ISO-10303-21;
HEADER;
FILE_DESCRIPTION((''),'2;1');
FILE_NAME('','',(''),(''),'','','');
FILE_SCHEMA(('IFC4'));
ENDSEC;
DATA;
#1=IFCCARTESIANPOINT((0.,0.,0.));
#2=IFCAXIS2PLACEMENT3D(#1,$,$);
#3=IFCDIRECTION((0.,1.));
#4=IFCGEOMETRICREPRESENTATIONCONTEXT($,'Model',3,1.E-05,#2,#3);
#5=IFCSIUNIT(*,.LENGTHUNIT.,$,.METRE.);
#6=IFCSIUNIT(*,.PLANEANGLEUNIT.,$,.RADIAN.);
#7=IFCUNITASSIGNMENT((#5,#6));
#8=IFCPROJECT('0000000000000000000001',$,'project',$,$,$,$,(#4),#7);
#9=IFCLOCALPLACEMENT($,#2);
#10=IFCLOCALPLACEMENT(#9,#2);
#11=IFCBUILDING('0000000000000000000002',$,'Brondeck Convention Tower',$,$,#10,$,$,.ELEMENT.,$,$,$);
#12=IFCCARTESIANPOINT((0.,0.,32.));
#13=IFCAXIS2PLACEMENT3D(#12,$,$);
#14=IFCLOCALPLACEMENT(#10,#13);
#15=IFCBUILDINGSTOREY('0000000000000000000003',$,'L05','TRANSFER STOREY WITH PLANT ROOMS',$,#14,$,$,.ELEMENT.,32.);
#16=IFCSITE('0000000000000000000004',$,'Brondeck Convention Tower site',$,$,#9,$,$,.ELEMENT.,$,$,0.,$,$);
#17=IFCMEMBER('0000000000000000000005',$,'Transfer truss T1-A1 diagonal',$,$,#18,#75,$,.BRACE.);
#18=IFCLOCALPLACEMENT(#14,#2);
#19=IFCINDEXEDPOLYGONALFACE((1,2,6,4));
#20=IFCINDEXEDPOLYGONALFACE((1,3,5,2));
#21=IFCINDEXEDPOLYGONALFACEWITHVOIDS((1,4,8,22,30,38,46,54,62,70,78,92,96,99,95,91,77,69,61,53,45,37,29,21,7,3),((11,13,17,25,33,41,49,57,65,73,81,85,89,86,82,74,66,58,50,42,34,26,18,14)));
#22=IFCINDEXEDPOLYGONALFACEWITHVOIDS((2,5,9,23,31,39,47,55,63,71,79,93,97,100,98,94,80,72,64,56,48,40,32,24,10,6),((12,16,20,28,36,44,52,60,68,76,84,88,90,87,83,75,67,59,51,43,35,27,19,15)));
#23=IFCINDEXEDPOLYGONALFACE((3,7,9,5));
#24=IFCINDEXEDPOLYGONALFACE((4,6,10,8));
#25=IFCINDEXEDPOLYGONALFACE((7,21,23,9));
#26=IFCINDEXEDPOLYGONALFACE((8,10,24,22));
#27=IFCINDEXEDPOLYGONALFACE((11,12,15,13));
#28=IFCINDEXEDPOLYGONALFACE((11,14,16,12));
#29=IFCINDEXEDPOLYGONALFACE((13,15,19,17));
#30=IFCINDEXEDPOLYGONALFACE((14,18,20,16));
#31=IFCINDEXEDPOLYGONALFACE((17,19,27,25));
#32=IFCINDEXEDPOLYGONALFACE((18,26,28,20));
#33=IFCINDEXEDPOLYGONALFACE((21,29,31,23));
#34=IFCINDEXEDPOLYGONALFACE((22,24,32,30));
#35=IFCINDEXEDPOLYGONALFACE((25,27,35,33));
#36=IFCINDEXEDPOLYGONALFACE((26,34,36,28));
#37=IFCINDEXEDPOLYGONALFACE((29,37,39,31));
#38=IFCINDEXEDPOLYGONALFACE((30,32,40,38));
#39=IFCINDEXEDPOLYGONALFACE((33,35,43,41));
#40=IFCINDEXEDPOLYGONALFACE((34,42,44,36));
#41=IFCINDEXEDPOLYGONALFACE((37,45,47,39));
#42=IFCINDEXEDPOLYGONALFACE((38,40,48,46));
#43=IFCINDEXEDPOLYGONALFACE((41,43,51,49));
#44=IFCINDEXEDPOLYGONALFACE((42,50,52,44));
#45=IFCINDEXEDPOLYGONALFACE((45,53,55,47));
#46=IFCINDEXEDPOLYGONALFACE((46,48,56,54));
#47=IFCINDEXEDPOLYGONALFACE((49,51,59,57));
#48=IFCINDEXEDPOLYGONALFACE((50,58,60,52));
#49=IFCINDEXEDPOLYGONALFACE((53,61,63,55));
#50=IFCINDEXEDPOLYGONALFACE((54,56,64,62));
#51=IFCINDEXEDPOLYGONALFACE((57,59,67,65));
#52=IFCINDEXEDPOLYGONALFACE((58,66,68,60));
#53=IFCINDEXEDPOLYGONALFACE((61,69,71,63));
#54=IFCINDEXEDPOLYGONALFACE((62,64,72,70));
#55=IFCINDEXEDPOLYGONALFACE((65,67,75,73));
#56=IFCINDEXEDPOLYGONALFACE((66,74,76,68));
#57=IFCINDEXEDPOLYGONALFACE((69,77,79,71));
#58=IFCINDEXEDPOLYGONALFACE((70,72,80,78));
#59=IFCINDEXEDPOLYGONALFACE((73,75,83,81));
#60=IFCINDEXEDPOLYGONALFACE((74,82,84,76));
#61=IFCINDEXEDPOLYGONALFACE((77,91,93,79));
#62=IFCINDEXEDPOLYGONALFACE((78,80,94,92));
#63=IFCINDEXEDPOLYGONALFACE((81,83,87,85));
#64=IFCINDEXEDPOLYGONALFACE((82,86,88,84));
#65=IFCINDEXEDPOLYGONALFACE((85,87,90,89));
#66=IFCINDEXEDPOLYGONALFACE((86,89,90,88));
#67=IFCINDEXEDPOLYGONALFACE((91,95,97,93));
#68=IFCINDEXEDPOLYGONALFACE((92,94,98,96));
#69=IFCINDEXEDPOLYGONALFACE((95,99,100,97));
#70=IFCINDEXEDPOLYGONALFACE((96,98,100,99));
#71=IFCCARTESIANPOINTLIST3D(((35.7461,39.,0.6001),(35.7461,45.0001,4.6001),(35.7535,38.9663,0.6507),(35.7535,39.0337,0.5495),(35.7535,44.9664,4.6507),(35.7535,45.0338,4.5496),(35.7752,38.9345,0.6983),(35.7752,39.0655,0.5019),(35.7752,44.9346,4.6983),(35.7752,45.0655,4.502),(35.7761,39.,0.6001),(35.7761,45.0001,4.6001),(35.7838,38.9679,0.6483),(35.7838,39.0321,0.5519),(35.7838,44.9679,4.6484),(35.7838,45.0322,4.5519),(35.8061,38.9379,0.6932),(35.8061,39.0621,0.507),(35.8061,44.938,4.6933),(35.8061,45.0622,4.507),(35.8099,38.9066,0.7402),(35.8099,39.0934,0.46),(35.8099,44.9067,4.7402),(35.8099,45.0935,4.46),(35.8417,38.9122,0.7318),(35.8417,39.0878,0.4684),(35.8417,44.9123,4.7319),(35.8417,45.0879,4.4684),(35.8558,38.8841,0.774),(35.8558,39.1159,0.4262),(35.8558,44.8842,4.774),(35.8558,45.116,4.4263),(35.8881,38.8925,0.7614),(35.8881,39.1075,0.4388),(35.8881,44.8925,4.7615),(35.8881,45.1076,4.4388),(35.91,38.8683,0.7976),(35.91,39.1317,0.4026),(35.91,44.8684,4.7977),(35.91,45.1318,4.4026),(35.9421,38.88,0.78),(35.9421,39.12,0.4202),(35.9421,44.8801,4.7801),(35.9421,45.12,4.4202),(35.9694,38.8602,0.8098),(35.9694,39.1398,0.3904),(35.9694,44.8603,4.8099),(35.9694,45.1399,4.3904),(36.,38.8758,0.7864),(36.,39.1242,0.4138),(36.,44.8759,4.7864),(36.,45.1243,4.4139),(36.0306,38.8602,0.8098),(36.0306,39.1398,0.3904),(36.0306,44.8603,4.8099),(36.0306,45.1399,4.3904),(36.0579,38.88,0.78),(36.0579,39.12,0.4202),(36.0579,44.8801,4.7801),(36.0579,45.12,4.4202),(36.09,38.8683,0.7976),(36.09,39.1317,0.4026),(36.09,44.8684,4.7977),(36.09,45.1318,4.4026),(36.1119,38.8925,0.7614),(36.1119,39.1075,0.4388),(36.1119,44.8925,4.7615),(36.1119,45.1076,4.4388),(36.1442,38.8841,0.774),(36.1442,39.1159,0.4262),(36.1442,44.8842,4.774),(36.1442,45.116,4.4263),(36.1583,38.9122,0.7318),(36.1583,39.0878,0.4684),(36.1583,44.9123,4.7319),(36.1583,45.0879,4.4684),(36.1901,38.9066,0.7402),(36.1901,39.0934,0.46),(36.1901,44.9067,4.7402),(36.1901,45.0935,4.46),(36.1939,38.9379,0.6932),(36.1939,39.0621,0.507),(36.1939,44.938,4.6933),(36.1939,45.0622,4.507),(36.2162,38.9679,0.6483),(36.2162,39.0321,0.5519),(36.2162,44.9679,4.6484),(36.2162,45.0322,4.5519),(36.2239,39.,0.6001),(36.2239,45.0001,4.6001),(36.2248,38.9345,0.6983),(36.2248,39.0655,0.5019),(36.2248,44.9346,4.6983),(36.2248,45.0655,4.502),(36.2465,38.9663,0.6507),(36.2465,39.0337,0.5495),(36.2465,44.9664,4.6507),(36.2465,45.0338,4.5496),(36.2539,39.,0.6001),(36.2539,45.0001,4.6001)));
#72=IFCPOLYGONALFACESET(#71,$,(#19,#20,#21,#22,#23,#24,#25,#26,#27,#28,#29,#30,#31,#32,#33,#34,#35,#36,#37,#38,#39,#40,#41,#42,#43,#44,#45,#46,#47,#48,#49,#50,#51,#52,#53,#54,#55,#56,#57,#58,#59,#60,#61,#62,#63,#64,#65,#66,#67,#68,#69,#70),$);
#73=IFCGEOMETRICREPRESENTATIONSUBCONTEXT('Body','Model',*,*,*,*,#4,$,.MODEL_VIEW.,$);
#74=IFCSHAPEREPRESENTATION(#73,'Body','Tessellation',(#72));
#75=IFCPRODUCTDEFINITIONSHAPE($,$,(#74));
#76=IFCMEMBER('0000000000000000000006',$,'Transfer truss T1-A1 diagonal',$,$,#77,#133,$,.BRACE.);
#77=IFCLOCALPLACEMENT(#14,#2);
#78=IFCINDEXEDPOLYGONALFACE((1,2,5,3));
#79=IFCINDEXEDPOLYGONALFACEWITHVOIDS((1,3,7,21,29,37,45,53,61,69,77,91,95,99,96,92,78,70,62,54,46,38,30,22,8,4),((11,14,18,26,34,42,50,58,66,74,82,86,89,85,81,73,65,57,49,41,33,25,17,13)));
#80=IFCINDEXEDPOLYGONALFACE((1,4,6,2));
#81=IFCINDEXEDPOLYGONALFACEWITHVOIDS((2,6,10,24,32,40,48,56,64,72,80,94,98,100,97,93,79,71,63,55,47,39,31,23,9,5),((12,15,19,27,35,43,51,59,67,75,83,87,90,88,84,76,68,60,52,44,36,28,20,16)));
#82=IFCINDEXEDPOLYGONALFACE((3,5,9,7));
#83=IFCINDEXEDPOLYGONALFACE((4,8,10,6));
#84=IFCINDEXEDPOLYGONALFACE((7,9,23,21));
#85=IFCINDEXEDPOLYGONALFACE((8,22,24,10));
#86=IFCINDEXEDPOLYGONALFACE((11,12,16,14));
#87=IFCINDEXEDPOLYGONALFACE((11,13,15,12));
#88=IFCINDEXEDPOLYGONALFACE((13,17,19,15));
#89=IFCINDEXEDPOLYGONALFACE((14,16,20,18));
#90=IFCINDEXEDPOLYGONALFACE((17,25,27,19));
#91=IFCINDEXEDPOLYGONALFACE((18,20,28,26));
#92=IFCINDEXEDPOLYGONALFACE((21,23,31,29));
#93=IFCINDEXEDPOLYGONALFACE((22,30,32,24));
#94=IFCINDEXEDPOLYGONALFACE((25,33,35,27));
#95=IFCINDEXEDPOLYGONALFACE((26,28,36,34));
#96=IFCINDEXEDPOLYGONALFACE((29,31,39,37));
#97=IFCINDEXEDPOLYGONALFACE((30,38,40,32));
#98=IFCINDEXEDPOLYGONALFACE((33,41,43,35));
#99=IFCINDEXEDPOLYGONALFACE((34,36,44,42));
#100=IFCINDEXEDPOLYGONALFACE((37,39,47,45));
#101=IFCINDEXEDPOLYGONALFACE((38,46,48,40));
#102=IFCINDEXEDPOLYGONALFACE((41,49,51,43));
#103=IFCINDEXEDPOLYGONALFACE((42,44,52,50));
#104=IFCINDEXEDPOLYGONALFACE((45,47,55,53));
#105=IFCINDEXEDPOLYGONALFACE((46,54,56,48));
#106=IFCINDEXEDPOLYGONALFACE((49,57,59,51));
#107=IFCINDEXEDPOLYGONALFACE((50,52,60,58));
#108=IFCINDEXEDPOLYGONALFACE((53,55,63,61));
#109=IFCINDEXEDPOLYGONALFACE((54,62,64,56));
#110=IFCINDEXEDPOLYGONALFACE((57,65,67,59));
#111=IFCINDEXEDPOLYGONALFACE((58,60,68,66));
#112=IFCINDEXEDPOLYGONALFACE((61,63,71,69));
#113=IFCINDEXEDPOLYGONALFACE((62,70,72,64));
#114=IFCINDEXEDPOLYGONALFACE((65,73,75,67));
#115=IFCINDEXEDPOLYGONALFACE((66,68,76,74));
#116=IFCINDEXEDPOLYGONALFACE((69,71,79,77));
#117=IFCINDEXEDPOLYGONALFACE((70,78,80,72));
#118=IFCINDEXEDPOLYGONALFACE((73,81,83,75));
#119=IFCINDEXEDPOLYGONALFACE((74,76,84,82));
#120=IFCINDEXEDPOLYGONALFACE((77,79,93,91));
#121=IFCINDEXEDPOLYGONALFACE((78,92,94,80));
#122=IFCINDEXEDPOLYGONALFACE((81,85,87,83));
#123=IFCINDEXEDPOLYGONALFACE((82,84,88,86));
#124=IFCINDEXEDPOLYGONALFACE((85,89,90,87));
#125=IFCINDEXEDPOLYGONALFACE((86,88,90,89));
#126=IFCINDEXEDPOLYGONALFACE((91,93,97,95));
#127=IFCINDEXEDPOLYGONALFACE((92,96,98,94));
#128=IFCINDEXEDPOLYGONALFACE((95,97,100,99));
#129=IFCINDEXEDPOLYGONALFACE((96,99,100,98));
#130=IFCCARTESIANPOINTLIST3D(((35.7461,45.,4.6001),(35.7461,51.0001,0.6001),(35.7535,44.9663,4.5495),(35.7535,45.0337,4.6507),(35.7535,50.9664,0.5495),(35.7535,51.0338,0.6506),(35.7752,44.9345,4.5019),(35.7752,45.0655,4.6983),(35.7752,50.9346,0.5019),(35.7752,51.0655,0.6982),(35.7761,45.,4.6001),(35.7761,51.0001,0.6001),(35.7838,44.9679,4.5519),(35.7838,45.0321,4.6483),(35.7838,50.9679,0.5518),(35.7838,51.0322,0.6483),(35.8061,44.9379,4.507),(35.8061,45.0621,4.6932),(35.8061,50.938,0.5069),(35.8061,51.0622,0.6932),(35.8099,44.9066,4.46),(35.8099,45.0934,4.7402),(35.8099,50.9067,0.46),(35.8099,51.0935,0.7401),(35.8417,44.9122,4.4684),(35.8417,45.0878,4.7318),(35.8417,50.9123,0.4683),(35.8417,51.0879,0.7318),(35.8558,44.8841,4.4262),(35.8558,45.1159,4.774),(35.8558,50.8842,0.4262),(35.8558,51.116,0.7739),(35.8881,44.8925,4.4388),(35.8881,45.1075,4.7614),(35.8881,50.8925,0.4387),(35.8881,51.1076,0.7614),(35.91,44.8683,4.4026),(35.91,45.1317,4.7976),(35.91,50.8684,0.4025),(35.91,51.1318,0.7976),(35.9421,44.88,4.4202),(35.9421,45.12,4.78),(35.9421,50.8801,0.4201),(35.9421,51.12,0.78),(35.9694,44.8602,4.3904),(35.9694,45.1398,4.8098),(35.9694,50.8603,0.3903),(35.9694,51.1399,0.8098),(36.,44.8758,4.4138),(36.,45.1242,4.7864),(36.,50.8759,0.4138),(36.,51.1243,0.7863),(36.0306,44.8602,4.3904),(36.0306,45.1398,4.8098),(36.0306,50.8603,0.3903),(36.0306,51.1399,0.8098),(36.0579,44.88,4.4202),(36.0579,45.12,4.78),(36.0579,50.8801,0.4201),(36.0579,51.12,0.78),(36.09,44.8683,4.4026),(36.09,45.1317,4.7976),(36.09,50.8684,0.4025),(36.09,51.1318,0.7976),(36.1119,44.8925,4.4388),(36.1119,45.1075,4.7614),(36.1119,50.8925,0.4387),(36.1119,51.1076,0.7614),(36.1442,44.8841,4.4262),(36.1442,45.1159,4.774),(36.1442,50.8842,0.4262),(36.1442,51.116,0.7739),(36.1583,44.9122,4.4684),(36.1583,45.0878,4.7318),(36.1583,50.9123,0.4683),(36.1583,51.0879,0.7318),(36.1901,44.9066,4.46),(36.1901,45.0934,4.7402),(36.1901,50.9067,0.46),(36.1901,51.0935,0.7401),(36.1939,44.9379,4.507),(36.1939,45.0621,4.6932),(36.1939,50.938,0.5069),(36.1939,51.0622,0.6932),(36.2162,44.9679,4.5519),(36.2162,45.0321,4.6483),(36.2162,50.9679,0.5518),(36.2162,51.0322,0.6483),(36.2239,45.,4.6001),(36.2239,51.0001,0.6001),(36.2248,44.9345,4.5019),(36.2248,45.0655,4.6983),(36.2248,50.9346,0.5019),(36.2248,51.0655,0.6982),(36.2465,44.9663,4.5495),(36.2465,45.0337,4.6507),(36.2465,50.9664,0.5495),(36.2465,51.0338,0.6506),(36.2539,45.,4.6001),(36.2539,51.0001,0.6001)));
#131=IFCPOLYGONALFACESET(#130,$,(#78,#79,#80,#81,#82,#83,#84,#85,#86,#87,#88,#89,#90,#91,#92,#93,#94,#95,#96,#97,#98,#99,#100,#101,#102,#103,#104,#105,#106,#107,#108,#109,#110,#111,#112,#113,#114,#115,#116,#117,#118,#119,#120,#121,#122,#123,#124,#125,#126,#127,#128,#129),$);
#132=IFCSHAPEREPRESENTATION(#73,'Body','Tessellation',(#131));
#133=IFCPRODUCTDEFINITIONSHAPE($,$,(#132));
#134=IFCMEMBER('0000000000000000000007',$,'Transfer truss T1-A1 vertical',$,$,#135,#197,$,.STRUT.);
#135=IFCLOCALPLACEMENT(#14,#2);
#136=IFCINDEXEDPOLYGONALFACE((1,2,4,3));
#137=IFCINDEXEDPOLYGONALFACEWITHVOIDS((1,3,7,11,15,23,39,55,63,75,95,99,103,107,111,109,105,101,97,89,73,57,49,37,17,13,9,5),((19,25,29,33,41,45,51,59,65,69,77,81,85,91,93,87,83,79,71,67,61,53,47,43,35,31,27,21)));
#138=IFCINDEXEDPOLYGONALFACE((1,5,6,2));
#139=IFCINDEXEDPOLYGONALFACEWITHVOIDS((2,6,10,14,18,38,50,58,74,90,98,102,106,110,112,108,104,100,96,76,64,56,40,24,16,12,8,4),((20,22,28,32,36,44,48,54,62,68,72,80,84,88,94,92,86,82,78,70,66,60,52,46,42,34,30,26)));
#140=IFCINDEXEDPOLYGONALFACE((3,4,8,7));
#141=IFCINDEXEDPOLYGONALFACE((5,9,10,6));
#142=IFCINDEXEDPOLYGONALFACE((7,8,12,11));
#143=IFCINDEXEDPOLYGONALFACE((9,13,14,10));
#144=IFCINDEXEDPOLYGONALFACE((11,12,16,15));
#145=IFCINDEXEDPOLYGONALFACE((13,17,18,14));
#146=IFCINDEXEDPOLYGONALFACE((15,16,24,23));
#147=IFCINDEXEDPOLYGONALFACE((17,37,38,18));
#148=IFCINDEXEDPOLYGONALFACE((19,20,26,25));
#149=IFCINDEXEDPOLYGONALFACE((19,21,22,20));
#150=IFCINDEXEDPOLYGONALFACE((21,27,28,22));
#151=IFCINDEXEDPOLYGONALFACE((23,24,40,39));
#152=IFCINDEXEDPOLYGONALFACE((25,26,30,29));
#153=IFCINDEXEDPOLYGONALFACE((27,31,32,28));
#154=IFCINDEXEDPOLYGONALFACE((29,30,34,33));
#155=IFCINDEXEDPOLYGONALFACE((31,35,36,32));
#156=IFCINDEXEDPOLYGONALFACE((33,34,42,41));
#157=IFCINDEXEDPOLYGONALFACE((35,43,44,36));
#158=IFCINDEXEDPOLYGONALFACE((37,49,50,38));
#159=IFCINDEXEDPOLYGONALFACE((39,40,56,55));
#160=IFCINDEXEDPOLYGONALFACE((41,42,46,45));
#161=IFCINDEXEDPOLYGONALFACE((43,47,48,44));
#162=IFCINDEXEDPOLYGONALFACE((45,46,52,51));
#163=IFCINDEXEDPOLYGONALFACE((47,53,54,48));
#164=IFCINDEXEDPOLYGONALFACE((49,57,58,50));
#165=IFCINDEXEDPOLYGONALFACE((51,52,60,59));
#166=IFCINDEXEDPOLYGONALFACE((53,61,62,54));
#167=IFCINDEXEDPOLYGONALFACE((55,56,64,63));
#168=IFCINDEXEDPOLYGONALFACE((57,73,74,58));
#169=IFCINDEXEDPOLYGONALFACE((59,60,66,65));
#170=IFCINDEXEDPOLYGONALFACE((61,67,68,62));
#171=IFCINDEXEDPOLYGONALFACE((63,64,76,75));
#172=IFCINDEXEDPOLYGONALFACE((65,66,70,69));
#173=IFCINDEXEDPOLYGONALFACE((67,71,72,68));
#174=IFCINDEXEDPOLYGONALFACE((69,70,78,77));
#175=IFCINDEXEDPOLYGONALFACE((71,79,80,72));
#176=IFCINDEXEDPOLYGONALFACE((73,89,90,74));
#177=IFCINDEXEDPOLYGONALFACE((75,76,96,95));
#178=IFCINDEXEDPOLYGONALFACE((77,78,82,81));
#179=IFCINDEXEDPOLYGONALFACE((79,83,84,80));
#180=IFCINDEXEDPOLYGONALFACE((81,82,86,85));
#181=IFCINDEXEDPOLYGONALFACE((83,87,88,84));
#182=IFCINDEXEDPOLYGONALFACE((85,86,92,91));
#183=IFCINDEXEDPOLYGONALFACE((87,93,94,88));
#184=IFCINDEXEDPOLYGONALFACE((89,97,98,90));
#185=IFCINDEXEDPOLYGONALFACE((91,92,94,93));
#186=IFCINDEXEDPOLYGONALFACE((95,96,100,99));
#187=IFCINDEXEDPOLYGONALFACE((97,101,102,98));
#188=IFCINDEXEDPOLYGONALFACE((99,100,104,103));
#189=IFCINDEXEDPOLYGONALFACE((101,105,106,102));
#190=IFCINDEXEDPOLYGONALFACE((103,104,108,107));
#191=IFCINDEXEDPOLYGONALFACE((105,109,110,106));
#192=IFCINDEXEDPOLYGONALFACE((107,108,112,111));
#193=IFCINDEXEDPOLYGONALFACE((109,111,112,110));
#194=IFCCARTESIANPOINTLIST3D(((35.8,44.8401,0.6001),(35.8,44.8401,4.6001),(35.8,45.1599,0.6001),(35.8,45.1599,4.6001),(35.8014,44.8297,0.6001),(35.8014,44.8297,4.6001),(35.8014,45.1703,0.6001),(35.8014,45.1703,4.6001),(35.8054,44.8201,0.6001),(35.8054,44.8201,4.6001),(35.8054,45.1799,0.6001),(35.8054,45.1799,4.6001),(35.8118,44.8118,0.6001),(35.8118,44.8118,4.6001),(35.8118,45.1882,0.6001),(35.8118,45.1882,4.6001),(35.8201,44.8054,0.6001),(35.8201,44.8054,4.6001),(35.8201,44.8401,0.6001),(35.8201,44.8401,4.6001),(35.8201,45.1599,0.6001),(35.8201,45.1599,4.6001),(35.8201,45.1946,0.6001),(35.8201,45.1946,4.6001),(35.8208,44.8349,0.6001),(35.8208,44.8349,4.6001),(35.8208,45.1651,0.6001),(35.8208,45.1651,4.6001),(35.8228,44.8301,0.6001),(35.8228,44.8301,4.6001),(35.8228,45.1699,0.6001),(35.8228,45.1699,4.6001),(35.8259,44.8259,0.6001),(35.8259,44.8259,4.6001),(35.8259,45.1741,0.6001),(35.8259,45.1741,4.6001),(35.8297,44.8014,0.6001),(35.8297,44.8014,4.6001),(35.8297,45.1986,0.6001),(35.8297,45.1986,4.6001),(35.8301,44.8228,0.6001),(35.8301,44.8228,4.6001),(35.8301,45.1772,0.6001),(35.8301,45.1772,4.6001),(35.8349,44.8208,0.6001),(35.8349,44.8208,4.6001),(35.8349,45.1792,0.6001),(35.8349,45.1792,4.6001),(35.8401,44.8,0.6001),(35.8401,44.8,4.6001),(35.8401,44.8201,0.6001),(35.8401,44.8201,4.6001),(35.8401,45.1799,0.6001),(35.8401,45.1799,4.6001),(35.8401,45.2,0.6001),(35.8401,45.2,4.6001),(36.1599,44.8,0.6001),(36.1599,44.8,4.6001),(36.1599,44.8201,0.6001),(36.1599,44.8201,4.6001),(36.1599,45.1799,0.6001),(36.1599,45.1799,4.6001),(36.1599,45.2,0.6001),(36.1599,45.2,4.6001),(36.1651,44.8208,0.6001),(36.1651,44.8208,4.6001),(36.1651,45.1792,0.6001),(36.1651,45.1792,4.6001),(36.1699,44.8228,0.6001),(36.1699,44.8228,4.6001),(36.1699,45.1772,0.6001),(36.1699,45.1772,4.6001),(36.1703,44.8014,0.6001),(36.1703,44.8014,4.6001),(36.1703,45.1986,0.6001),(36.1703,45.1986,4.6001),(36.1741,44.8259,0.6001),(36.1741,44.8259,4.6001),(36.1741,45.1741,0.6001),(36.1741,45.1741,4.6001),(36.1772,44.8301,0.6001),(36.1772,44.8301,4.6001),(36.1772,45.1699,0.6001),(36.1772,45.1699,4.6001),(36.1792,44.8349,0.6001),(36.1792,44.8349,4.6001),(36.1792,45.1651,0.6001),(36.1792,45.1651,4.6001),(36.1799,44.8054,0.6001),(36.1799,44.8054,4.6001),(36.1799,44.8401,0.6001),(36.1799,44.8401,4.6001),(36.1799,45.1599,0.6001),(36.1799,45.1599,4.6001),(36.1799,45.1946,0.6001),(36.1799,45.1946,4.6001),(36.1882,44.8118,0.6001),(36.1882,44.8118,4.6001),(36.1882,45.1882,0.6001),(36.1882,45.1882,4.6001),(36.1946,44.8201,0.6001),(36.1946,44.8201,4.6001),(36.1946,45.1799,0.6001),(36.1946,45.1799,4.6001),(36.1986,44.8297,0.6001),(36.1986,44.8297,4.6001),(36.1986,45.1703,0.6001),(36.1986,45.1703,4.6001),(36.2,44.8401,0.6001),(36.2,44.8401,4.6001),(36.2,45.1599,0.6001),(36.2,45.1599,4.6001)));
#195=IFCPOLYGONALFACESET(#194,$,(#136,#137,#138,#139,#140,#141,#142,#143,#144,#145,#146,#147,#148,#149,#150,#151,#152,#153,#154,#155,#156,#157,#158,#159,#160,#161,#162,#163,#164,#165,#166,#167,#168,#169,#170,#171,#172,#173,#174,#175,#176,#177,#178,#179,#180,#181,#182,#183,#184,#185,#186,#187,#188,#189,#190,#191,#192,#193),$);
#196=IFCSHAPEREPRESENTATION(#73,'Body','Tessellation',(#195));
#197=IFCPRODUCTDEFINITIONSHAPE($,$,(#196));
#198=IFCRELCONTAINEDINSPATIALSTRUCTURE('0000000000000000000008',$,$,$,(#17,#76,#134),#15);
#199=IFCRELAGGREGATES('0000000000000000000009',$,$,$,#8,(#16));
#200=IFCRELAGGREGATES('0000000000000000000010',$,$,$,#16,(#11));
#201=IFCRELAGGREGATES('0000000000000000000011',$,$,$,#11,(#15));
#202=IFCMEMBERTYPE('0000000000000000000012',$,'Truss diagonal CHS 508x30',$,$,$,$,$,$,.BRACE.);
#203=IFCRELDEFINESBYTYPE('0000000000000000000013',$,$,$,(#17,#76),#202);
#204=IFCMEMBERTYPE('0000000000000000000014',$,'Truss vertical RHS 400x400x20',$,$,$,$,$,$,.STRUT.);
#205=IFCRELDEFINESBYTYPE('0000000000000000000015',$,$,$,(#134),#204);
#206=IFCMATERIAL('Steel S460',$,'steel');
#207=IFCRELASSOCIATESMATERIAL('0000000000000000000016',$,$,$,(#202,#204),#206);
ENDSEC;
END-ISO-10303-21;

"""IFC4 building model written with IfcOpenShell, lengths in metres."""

from ifc_helpers import new_model, si_unit, direction, frame, origin, origin_2d, place, context, subcontext, project, spatial, hollow_rectangle, hollow_circle, extrude, material, material_profile, profile_set, type_object, element, save


model = new_model("IFC4")

# Units and contexts
model_context = context("Model", 3, precision=1e-05, world=origin(), true_north=direction((0.0, 1.0)))
body_context = subcontext(model_context, "Body", "Model", "MODEL_VIEW")
ifc_project = project(units=[si_unit("LENGTHUNIT", "METRE"), si_unit("PLANEANGLEUNIT", "RADIAN")], contexts=[model_context])

# Site, building, storey
site_placement = place(None, origin())
site = spatial("IfcSite", under=ifc_project, at=site_placement, Name="Brondeck Convention Tower site", CompositionType="ELEMENT", RefElevation=0.0)
building_placement = place(site_placement, origin())
building = spatial("IfcBuilding", under=site, at=building_placement, Name="Brondeck Convention Tower", CompositionType="ELEMENT")
storey_placement = place(building_placement, frame((0.0, 0.0, 32.0)))
storey = spatial("IfcBuildingStorey", under=building, at=storey_placement, Name="L05", Description="TRANSFER STOREY WITH PLANT ROOMS", CompositionType="ELEMENT", Elevation=32.0)

# Shared definitions
ifc_material_1 = material(Name="Steel S460", Category="steel")

# Members
ifc_material_profile_1 = material_profile(ifc_material_1, hollow_circle(Radius=0.2539, WallThickness=0.03, at=origin_2d()), Name="CHS 508x30")
ifc_profile_set_1 = profile_set([ifc_material_profile_1], Name="Steel S460")
member_type_1 = type_object("IfcMemberType", Name="Truss diagonal CHS 508x30", PredefinedType="BRACE", material=ifc_profile_set_1)
for number, where, z_axis, x_axis, name in (
    (1, (36.0, 39.0, 0.6001), (0.0, 0.83205, 0.5547), (-1.0, 0.0, 0.0), "Transfer truss T1-A1 diagonal"),
    (2, (36.0, 45.0, 4.6001), (0.0, 0.83205, -0.5547), (-1.0, 0.0, 0.0), "Transfer truss T1-A1 diagonal"),
):
    element("IfcMember", number, at=place(storey_placement, frame(where, z_axis=z_axis, x_axis=x_axis)), inside=storey, type_object=member_type_1, Name=name, PredefinedType="BRACE", context=body_context, shape_type="SweptSolid", body=[
        extrude(hollow_circle(Radius=0.2539, WallThickness=0.03, at=origin_2d()), origin(), (0.0, 0.0, 1.0), 7.2112),
    ])
ifc_material_profile_2 = material_profile(ifc_material_1, hollow_rectangle(XDim=0.3999, YDim=0.3999, WallThickness=0.02, InnerFilletRadius=0.02, OuterFilletRadius=0.04, at=origin_2d()), Name="RHS 400x400x20")
ifc_profile_set_2 = profile_set([ifc_material_profile_2], Name="Steel S460")
member_type_2 = type_object("IfcMemberType", Name="Truss vertical RHS 400x400x20", PredefinedType="STRUT", material=ifc_profile_set_2)
member_1_placement = place(storey_placement, frame((36.0, 45.0, 0.6001), z_axis=(0.0, 0.0, 1.0), x_axis=(1.0, 0.0, 0.0)))
element("IfcMember", 3, at=member_1_placement, inside=storey, type_object=member_type_2, Name="Transfer truss T1-A1 vertical", PredefinedType="STRUT", context=body_context, shape_type="SweptSolid", body=[
    extrude(hollow_rectangle(XDim=0.3999, YDim=0.3999, WallThickness=0.02, InnerFilletRadius=0.02, OuterFilletRadius=0.04, at=origin_2d()), origin(), (0.0, 0.0, 1.0), 4.0),
])

save(model, "model.ifc")
